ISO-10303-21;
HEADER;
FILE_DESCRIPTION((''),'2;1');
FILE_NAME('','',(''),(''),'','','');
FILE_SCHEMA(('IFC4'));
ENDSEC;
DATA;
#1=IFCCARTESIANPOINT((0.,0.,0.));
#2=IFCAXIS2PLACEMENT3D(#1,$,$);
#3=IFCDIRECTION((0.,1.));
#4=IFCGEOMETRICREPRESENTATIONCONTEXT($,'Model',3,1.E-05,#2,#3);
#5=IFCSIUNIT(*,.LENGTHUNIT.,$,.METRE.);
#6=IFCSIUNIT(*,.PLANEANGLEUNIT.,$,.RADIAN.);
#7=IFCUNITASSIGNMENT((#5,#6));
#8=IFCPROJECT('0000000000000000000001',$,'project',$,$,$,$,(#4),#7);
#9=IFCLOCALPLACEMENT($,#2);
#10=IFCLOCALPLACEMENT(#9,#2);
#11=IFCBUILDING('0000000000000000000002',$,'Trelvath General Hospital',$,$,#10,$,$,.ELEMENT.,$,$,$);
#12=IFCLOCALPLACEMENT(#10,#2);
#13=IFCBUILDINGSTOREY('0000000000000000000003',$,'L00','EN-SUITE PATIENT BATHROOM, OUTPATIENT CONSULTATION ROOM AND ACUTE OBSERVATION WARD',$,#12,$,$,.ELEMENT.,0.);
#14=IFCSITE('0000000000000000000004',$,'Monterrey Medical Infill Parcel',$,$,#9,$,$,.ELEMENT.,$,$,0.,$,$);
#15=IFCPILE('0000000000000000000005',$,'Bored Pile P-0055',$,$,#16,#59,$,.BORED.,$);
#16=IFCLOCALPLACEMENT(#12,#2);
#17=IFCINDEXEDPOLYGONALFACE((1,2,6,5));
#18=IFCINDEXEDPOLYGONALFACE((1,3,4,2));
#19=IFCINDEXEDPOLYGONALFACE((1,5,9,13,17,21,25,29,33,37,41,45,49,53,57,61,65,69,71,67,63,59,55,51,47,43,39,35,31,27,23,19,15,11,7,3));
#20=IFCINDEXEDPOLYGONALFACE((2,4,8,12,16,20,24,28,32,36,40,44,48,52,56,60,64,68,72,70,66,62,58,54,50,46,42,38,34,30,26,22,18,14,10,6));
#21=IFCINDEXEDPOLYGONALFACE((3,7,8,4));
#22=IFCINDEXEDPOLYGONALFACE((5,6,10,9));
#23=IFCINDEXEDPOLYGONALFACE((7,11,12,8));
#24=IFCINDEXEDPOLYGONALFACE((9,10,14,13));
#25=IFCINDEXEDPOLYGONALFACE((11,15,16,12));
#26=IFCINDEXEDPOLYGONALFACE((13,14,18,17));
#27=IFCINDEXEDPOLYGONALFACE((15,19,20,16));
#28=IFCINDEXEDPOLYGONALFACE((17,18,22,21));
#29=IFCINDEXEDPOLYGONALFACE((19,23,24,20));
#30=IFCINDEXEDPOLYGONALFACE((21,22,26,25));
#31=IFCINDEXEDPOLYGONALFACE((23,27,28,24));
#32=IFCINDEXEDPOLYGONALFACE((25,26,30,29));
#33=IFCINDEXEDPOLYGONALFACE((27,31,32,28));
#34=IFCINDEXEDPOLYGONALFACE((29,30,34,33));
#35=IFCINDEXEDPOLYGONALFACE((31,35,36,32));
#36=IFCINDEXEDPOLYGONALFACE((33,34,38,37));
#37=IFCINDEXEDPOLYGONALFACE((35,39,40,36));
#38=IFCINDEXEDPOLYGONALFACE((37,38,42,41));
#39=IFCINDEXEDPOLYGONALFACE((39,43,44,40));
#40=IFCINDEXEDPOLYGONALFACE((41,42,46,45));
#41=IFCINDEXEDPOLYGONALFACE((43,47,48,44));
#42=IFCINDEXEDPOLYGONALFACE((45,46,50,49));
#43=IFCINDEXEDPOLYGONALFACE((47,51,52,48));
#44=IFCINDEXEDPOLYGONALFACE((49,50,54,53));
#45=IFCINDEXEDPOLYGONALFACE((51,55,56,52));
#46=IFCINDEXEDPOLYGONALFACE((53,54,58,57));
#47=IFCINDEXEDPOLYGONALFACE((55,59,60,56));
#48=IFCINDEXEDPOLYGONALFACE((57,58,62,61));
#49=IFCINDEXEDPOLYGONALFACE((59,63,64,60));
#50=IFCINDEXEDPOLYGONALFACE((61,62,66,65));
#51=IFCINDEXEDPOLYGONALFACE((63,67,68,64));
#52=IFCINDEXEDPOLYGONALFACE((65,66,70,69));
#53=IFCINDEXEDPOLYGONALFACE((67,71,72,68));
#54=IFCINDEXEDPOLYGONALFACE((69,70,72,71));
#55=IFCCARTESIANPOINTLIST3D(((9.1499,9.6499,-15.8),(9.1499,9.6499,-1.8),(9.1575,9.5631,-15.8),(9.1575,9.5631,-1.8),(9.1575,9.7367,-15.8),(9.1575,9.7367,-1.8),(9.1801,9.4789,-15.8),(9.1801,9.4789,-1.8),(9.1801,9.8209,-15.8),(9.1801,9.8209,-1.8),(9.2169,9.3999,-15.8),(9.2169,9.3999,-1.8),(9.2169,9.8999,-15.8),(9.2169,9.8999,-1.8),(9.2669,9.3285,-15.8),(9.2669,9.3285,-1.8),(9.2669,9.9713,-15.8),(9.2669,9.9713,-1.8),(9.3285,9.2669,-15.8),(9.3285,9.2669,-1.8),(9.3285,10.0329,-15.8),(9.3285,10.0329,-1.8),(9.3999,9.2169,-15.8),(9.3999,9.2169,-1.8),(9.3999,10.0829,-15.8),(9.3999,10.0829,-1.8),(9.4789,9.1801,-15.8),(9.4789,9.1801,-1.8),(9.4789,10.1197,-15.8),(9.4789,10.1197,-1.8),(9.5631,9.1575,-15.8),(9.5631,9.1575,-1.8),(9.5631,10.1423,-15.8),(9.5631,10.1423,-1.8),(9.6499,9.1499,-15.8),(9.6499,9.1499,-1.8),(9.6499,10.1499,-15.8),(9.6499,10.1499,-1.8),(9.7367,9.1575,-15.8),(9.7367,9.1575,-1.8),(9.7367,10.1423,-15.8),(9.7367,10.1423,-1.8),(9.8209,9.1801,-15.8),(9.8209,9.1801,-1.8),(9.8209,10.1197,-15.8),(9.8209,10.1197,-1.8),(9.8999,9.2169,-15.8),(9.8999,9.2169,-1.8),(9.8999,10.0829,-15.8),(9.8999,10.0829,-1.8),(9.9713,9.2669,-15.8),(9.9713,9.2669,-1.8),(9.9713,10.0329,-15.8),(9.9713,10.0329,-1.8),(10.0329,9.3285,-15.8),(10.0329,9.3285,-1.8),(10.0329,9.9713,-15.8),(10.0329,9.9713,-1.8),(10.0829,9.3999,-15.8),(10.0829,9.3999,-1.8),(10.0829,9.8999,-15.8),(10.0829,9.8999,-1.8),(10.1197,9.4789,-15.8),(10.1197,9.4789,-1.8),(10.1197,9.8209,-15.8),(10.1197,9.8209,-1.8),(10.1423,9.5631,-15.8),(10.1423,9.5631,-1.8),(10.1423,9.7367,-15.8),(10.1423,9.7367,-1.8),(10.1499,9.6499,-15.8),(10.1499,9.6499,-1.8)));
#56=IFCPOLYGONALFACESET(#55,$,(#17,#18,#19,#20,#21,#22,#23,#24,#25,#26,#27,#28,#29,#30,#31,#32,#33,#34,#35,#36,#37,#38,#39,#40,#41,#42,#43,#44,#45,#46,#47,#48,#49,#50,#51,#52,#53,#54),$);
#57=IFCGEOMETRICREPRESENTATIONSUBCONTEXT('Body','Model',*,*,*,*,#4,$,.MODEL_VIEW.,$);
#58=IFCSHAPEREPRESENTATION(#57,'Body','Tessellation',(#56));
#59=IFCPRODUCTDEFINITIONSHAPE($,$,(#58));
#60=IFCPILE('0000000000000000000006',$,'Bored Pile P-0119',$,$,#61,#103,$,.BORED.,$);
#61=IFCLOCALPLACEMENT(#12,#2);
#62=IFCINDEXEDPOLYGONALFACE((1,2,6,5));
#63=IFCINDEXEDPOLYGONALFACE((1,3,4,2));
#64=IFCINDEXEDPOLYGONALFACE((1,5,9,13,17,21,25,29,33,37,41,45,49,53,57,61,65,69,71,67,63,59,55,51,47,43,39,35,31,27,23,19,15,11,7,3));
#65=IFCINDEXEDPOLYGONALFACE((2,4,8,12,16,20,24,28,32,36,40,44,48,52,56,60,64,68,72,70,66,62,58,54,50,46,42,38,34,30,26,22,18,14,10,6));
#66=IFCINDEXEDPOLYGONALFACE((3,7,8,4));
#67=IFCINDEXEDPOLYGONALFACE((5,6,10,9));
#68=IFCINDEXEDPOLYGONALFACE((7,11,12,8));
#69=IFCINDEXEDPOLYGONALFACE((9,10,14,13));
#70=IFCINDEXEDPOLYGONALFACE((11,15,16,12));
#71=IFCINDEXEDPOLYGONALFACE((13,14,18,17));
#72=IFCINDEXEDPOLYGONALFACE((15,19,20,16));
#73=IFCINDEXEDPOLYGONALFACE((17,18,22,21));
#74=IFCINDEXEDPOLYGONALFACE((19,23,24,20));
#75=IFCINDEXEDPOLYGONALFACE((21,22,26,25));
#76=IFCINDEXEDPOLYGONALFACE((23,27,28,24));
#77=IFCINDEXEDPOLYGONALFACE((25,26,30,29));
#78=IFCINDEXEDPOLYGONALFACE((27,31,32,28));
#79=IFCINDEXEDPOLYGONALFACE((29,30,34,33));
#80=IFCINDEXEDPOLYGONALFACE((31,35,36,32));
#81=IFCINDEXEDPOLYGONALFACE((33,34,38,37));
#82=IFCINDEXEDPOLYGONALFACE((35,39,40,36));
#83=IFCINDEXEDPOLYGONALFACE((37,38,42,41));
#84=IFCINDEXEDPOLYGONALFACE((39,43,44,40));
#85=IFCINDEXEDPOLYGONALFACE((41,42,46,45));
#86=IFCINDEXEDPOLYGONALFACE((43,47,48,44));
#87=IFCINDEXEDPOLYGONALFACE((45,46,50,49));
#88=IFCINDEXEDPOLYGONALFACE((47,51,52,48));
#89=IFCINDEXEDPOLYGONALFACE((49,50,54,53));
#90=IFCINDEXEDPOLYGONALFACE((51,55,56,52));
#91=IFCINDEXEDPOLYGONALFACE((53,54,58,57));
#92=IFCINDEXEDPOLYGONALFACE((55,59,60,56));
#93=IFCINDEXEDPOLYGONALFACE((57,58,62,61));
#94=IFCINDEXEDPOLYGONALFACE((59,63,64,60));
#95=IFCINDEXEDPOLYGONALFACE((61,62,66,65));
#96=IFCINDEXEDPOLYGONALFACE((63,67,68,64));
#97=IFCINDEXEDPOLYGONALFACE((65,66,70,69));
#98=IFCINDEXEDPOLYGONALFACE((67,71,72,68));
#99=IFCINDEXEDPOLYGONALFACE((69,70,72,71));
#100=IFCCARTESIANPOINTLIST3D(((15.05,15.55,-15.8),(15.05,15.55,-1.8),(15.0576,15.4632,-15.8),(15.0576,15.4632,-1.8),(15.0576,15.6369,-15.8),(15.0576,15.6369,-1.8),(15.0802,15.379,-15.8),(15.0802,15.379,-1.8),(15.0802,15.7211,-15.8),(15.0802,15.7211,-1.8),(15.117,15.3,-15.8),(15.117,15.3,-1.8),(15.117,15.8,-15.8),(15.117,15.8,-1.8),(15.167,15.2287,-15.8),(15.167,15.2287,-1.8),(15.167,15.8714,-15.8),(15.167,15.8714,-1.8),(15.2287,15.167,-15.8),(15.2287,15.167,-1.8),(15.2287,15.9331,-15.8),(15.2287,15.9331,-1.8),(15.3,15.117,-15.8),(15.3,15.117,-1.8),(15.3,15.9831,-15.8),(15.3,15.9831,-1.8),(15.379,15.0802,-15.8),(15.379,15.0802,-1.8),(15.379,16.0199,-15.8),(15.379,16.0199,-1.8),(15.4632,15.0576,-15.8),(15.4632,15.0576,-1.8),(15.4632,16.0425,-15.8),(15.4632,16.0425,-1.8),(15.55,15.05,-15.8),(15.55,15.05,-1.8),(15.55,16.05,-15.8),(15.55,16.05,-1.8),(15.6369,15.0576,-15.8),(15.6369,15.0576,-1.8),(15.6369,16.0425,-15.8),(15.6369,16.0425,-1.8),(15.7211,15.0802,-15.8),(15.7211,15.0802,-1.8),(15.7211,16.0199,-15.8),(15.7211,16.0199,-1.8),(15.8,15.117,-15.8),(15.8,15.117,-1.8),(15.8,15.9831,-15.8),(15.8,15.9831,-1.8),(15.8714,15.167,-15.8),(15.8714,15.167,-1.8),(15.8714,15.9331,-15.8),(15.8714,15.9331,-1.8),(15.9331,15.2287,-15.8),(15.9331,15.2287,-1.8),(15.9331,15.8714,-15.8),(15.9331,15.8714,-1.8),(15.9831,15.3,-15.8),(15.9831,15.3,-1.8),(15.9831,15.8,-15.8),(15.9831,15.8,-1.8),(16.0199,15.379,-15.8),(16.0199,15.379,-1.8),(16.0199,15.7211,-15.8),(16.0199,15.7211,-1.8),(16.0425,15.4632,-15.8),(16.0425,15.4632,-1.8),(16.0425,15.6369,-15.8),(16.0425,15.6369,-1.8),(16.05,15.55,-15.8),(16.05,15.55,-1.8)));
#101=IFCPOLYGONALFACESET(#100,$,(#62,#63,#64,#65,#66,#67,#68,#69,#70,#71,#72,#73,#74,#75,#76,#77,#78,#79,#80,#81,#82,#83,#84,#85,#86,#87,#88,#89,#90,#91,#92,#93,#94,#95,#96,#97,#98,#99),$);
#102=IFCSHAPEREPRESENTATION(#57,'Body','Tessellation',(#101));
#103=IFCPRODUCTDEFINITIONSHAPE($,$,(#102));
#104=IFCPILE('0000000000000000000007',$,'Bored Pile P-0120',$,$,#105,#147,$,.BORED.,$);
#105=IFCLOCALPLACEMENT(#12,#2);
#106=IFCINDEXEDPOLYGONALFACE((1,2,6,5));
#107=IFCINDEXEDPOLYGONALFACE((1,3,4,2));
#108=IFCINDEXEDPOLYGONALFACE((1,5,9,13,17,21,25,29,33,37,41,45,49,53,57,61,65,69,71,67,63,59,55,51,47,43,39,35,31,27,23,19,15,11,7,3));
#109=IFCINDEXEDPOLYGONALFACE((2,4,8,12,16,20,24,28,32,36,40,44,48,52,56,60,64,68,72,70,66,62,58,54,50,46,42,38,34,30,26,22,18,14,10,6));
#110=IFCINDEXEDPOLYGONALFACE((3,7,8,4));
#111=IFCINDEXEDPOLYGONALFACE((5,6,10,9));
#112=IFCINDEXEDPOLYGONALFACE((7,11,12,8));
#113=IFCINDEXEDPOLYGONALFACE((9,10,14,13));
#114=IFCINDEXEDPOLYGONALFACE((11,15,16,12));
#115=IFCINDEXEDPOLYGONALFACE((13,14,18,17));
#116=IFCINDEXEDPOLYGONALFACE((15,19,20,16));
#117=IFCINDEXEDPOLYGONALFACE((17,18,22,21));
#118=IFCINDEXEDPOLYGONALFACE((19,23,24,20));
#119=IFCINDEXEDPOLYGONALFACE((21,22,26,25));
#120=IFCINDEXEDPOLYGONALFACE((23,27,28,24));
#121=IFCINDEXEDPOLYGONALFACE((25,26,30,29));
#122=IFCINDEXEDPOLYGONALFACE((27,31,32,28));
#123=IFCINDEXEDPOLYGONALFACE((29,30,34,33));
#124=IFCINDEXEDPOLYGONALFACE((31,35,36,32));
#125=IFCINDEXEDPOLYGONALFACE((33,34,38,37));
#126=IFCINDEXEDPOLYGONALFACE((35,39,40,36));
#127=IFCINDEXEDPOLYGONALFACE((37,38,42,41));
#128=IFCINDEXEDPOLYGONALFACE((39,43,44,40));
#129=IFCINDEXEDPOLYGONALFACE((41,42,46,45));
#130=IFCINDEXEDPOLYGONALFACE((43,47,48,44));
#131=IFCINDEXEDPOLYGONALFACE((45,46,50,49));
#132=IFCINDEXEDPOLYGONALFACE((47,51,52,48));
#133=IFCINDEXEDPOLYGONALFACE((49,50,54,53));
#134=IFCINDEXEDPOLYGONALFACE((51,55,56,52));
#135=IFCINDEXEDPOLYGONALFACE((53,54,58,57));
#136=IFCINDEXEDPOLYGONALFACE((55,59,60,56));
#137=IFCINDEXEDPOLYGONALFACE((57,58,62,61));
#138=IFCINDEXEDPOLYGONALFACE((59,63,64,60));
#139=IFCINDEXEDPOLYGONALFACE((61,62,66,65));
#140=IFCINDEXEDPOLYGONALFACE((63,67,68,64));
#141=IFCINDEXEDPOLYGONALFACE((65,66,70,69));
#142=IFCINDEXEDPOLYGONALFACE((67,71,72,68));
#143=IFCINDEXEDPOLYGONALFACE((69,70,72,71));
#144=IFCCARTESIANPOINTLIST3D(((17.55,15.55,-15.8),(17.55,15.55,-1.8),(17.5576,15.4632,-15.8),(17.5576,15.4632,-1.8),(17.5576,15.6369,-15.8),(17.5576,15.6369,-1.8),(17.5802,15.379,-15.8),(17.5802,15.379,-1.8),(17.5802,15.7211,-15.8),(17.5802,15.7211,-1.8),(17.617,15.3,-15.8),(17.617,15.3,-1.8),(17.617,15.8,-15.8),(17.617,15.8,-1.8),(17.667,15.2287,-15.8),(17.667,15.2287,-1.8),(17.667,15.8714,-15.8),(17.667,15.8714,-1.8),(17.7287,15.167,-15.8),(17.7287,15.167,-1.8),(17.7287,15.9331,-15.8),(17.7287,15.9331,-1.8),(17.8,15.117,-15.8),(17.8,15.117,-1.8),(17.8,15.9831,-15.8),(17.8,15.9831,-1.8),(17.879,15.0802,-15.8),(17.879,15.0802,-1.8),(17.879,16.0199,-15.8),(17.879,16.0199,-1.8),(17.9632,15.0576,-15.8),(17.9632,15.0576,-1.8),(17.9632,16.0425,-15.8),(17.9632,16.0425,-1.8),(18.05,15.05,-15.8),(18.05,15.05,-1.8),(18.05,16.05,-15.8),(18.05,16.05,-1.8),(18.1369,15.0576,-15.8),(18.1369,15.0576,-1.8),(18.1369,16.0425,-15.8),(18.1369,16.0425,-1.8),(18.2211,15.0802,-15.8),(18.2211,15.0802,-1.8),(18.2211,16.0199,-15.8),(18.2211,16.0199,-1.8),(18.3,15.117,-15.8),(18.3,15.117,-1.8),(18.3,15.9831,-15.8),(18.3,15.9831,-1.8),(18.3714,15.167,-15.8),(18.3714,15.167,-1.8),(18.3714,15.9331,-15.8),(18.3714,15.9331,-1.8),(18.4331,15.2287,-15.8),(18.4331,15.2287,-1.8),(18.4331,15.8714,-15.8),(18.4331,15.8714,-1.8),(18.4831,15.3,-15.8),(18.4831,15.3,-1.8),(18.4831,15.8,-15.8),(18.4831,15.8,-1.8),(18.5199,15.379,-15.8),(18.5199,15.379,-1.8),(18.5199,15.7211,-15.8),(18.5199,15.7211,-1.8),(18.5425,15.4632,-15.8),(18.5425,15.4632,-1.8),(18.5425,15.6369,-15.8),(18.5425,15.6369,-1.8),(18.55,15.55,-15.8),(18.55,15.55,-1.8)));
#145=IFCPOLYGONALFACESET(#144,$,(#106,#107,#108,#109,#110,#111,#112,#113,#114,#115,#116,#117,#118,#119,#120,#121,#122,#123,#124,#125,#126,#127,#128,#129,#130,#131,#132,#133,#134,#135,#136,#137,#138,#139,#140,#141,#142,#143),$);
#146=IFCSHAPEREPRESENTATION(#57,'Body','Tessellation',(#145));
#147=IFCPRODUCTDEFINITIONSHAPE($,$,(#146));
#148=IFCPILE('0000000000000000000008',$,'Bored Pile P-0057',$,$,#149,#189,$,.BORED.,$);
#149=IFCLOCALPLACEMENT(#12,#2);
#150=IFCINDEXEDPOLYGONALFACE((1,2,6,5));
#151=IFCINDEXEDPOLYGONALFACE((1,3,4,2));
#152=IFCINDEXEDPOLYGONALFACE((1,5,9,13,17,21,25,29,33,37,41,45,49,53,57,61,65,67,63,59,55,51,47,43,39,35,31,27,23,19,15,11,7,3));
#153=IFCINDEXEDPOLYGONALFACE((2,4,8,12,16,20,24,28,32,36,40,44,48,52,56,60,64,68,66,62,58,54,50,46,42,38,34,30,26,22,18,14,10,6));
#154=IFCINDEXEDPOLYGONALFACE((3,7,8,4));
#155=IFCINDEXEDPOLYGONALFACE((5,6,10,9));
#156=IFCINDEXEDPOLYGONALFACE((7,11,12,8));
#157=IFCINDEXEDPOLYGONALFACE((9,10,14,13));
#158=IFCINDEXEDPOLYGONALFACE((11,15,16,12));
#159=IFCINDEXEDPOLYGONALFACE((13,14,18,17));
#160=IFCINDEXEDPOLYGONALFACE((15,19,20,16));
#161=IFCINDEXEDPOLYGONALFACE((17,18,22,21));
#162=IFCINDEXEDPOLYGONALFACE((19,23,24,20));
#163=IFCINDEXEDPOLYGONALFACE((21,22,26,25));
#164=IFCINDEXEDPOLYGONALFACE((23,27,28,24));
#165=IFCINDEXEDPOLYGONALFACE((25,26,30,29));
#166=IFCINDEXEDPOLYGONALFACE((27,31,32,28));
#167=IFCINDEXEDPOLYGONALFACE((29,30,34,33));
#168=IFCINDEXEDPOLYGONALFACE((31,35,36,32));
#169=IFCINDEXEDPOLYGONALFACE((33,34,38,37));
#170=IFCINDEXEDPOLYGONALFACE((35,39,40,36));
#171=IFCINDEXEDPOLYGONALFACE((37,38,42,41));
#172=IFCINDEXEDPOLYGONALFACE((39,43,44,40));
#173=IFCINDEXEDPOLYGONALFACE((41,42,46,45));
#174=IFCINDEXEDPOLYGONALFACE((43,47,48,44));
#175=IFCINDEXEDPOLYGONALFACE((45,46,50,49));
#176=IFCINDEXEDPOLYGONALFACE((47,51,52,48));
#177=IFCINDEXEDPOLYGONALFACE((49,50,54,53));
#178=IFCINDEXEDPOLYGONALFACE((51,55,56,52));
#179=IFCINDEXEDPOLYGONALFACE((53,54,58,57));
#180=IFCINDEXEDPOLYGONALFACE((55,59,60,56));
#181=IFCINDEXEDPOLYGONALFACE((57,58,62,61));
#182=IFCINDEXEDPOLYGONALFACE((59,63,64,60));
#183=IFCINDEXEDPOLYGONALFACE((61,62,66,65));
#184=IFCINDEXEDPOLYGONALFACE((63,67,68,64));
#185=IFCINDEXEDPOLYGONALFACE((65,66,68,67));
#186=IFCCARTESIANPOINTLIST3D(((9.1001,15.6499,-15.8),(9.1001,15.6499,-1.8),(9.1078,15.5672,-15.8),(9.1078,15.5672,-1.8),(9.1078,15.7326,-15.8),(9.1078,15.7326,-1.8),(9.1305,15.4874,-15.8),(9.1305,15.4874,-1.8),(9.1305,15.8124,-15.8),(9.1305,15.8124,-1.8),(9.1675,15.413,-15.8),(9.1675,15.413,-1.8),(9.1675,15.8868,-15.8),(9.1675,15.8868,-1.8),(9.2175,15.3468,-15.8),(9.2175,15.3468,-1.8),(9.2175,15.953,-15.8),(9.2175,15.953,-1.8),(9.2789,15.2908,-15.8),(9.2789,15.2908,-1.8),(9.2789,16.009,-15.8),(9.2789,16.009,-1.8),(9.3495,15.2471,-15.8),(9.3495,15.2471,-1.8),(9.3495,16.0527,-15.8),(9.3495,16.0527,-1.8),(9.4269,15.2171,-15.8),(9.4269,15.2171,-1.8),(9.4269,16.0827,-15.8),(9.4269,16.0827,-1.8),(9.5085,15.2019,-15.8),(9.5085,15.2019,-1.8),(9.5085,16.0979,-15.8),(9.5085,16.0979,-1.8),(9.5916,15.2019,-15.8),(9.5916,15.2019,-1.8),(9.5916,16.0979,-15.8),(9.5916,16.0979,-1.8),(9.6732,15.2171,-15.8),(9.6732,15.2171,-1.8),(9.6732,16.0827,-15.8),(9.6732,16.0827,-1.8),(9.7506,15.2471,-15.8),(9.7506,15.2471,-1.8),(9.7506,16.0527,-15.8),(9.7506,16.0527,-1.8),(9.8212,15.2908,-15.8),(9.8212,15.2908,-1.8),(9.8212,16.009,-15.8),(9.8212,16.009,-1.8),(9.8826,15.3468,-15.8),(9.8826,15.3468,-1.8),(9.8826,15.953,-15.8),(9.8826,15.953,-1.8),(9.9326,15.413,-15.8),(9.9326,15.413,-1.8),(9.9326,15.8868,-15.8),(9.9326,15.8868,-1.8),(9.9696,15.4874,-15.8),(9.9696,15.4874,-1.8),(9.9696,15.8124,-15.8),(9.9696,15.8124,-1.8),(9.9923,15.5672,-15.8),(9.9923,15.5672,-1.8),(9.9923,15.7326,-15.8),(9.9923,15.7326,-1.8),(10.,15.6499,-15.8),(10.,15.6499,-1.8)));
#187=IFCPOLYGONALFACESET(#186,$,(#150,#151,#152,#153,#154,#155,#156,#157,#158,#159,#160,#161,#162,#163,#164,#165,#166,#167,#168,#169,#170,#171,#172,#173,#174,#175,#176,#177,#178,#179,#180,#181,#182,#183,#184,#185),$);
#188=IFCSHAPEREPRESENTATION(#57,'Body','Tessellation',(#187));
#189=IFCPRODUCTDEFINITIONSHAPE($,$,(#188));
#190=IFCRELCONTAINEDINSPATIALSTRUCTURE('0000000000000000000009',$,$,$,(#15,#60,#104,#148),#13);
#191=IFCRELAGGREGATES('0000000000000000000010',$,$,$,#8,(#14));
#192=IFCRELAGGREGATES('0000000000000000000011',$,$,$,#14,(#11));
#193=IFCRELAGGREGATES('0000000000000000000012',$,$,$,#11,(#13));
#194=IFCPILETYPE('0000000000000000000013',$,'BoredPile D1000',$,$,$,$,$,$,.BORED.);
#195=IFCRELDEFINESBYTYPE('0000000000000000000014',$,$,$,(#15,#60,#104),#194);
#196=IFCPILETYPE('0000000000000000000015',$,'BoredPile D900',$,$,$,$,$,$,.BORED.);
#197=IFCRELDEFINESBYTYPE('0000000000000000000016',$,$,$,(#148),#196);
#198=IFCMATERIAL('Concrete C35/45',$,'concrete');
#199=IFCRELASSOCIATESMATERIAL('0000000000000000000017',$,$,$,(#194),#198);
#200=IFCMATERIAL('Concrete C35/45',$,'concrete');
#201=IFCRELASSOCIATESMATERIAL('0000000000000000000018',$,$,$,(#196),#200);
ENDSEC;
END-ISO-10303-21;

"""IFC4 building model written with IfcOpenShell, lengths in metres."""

from ifc_helpers import new_model, si_unit, direction, frame, origin, origin_2d, place, context, subcontext, project, spatial, circle, extrude, material, material_profile, profile_set, type_object, element, save


model = new_model("IFC4")

# Units and contexts
model_context = context("Model", 3, precision=1e-05, world=origin(), true_north=direction((0.0, 1.0)))
body_context = subcontext(model_context, "Body", "Model", "MODEL_VIEW")
ifc_project = project(units=[si_unit("LENGTHUNIT", "METRE"), si_unit("PLANEANGLEUNIT", "RADIAN")], contexts=[model_context])

# Site, building, storey
site_placement = place(None, origin())
site = spatial("IfcSite", under=ifc_project, at=site_placement, Name="Monterrey Medical Infill Parcel", CompositionType="ELEMENT", RefElevation=0.0)
building_placement = place(site_placement, origin())
building = spatial("IfcBuilding", under=site, at=building_placement, Name="Trelvath General Hospital", CompositionType="ELEMENT")
storey_placement = place(building_placement, origin())
storey = spatial("IfcBuildingStorey", under=building, at=storey_placement, Name="L00", Description="EN-SUITE PATIENT BATHROOM, OUTPATIENT CONSULTATION ROOM AND ACUTE OBSERVATION WARD", CompositionType="ELEMENT", Elevation=0.0)

# Piles
ifc_material_1 = material(Name="Concrete C35/45", Category="concrete")
ifc_material_profile_1 = material_profile(ifc_material_1, circle(Radius=0.5, at=origin_2d()), Name="PILE1000")
ifc_profile_set_1 = profile_set([ifc_material_profile_1], Name="Concrete C35/45")
pile_type_1 = type_object("IfcPileType", Name="BoredPile D1000", PredefinedType="BORED", material=ifc_profile_set_1)
for number, where, z_axis, x_axis, name in (
    (1, (9.6499, 9.6499, -1.8), (0.0, 0.0, -1.0), (1.0, 0.0, 0.0), "Bored Pile P-0055"),
    (2, (15.55, 15.55, -1.8), (0.0, 0.0, -1.0), (1.0, 0.0, 0.0), "Bored Pile P-0119"),
    (3, (18.05, 15.55, -1.8), (0.0, 0.0, -1.0), (1.0, 0.0, 0.0), "Bored Pile P-0120"),
):
    element("IfcPile", number, at=place(storey_placement, frame(where, z_axis=z_axis, x_axis=x_axis)), inside=storey, type_object=pile_type_1, Name=name, PredefinedType="BORED", context=body_context, shape_type="SweptSolid", body=[
        extrude(circle(Radius=0.5, at=origin_2d()), origin(), (0.0, 0.0, 1.0), 14.0),
    ])
ifc_material_2 = material(Name="Concrete C35/45", Category="concrete")
ifc_material_profile_2 = material_profile(ifc_material_2, circle(Radius=0.45, at=origin_2d()), Name="PILE900")
ifc_profile_set_2 = profile_set([ifc_material_profile_2], Name="Concrete C35/45")
pile_type_2 = type_object("IfcPileType", Name="BoredPile D900", PredefinedType="BORED", material=ifc_profile_set_2)
for number, where, z_axis, x_axis, name in (
    (4, (9.55, 15.6499, -1.8), (0.0, 0.0, -1.0), (1.0, 0.0, 0.0), "Bored Pile P-0057"),
):
    element("IfcPile", number, at=place(storey_placement, frame(where, z_axis=z_axis, x_axis=x_axis)), inside=storey, type_object=pile_type_2, Name=name, PredefinedType="BORED", context=body_context, shape_type="SweptSolid", body=[
        extrude(circle(Radius=0.45, at=origin_2d()), origin(), (0.0, 0.0, 1.0), 14.0),
    ])

save(model, "model.ifc")
